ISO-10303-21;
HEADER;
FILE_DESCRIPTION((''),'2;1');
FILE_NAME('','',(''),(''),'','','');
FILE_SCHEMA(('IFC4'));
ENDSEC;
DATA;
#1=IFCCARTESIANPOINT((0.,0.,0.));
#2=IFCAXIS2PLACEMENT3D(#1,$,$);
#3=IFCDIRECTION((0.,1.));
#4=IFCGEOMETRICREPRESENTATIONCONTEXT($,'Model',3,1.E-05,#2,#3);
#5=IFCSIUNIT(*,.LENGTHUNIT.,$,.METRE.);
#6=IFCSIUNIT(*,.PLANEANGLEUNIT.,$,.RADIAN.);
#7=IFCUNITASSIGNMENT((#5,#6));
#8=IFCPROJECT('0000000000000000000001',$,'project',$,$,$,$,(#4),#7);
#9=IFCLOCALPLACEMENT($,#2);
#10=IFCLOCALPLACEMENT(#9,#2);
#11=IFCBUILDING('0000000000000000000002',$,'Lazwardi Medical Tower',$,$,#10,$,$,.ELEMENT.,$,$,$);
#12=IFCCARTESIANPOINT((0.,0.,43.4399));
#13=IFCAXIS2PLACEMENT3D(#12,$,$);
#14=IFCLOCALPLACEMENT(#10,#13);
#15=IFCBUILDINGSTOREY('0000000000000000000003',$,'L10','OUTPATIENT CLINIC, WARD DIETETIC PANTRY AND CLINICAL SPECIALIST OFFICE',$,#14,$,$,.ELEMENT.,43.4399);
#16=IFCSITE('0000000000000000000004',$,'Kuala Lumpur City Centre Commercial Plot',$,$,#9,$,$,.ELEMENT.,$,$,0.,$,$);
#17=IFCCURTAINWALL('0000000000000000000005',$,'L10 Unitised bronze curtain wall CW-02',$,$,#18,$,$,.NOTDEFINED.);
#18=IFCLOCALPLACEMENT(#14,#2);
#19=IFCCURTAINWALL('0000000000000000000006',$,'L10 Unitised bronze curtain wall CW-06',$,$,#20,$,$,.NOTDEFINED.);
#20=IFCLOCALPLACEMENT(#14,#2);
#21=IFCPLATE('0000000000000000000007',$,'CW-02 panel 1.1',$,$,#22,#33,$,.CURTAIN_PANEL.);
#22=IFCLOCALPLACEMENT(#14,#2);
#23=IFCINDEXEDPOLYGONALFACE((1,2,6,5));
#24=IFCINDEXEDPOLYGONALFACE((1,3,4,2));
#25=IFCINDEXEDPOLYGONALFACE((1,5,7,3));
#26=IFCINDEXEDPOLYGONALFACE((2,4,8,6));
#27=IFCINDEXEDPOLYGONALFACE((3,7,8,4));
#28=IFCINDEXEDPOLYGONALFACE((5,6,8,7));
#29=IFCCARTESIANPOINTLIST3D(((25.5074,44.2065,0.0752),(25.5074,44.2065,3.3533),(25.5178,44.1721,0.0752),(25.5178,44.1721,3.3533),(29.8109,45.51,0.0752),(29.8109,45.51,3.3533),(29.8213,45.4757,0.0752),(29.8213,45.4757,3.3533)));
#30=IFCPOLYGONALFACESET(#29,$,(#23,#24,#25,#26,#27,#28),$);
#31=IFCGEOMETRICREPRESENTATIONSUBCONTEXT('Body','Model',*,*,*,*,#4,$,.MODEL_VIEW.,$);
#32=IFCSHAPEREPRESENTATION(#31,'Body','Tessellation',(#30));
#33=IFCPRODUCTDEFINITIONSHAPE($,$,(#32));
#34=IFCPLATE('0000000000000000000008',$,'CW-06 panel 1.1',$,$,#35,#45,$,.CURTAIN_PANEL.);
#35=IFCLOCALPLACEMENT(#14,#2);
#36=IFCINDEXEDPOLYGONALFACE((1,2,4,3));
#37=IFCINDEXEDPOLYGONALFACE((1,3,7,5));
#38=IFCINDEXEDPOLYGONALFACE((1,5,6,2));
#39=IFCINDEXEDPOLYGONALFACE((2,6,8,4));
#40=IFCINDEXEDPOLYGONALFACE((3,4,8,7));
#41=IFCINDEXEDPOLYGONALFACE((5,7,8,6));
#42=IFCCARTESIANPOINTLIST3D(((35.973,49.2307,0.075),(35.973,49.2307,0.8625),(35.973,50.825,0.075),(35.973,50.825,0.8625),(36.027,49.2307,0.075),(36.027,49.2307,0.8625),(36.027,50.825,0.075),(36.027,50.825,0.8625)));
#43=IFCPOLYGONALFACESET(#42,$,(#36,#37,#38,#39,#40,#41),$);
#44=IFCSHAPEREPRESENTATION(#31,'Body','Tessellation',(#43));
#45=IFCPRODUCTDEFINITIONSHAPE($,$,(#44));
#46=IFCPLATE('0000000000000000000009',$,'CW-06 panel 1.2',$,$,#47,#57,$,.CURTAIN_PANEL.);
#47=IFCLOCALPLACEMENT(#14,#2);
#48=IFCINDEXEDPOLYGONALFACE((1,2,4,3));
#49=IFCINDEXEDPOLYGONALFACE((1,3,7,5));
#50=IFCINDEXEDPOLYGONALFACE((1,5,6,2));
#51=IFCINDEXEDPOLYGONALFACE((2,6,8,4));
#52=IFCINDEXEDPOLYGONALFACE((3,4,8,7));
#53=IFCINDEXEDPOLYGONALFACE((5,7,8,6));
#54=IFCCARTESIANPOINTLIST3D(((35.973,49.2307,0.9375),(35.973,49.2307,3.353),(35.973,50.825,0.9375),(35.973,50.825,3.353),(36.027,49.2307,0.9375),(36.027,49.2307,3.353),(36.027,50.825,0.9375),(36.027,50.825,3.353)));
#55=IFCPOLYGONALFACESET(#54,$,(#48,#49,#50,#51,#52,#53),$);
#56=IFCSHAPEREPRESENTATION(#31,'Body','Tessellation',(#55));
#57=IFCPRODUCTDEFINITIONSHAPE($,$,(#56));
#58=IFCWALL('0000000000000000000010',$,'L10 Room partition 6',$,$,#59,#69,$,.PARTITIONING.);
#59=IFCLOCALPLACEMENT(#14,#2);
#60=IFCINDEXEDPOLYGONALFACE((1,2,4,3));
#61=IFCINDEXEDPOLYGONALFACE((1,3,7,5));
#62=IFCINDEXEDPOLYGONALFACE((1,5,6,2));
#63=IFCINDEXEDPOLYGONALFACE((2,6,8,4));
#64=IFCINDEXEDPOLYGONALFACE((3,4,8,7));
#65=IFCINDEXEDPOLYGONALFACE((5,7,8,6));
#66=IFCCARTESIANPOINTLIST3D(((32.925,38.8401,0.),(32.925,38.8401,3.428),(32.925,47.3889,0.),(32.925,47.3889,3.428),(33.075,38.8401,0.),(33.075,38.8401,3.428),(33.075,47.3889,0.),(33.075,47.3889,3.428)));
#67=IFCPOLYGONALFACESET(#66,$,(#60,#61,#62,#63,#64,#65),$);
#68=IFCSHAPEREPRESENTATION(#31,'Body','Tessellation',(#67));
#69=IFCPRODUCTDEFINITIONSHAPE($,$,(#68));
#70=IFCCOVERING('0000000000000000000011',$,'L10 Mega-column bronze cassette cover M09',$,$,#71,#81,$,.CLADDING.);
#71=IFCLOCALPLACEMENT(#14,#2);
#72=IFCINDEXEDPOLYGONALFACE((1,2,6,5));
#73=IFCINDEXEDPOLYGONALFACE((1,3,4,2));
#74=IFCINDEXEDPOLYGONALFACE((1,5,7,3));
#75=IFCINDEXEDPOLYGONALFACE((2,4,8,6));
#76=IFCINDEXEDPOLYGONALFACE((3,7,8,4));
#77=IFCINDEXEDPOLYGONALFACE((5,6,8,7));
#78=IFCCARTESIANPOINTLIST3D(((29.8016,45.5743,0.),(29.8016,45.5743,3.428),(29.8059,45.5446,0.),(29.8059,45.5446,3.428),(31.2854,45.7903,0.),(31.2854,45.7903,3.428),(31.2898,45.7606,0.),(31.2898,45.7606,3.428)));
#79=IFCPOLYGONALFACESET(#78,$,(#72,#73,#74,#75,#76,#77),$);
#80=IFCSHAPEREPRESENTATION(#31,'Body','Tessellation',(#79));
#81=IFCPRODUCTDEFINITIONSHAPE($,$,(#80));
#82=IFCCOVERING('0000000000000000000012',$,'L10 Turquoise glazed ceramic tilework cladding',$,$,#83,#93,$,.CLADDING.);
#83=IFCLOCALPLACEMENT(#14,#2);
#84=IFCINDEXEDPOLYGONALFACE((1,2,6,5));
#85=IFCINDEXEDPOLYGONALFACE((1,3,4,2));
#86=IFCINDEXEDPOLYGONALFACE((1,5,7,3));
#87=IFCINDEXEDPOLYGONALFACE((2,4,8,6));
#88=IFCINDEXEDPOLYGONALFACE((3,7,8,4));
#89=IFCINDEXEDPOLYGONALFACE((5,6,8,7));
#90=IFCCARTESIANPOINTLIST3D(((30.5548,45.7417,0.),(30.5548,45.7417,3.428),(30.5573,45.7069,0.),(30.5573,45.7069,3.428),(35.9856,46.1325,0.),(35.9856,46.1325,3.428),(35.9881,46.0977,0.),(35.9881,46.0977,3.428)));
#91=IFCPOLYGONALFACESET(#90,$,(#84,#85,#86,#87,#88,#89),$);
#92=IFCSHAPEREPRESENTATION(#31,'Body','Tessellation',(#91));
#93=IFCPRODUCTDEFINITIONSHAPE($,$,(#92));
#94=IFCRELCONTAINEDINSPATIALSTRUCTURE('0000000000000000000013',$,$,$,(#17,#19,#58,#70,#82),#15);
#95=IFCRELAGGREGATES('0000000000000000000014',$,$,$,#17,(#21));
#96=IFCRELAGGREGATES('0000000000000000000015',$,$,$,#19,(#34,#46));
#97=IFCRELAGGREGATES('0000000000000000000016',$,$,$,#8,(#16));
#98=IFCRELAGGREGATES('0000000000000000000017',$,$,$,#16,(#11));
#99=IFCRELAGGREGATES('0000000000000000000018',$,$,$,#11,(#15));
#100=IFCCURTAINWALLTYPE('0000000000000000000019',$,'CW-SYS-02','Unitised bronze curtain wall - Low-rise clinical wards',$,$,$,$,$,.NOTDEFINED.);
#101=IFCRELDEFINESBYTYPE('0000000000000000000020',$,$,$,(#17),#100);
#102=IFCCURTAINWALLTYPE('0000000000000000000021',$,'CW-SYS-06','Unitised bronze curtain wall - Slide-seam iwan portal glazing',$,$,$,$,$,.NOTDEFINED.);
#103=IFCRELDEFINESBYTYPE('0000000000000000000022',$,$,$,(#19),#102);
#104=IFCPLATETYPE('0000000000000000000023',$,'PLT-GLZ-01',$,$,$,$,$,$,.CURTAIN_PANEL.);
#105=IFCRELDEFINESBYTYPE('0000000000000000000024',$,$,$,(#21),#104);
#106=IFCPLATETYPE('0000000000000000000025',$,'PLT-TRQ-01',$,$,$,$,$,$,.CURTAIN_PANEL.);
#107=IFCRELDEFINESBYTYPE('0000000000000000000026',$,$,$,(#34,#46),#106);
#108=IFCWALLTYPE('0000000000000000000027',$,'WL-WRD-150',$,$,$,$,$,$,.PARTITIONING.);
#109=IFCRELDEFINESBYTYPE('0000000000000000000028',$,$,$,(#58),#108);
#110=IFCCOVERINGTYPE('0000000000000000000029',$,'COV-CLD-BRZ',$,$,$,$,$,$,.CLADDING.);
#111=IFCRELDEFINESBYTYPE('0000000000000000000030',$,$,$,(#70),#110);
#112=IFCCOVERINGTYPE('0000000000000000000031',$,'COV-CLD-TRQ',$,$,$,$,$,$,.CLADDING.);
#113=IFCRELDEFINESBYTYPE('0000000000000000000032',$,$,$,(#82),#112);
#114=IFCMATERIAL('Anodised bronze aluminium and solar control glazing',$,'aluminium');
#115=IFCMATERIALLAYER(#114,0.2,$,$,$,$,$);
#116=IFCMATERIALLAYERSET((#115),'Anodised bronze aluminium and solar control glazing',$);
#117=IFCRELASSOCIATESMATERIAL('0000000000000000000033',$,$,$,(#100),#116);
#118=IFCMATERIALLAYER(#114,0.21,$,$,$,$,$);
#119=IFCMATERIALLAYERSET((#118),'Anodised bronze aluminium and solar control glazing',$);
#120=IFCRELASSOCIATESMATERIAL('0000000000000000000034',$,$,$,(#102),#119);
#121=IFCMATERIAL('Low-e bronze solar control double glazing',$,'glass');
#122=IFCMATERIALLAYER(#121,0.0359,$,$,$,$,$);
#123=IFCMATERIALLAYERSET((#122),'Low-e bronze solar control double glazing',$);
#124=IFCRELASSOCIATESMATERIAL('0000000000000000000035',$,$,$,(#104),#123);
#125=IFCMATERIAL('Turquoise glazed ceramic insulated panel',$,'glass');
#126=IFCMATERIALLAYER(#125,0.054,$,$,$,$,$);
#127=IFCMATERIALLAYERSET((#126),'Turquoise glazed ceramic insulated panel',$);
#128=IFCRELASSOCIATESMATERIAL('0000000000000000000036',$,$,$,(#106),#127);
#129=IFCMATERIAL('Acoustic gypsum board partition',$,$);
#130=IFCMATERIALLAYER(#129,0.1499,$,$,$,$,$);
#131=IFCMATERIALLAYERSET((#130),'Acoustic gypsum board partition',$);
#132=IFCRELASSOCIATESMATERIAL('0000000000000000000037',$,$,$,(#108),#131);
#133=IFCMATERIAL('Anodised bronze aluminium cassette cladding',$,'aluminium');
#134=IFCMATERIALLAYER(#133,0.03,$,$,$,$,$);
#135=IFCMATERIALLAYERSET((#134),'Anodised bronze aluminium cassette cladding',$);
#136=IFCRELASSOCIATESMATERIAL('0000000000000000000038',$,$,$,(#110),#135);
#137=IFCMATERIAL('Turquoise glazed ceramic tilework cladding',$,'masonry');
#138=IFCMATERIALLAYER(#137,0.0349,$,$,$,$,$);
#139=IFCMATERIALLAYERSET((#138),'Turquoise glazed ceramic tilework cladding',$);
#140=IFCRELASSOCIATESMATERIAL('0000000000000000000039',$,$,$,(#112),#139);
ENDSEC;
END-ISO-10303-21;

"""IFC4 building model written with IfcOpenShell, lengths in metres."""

from ifc_helpers import new_model, si_unit, direction, frame, frame_2d, origin, origin_2d, place, context, subcontext, project, spatial, rectangle, extrude, material, layer, layer_set, type_object, element, aggregate, save


model = new_model("IFC4")

# Units and contexts
model_context = context("Model", 3, precision=1e-05, world=origin(), true_north=direction((0.0, 1.0)))
body_context = subcontext(model_context, "Body", "Model", "MODEL_VIEW")
ifc_project = project(units=[si_unit("LENGTHUNIT", "METRE"), si_unit("PLANEANGLEUNIT", "RADIAN")], contexts=[model_context])

# Site, building, storey
site_placement = place(None, origin())
site = spatial("IfcSite", under=ifc_project, at=site_placement, Name="Kuala Lumpur City Centre Commercial Plot", CompositionType="ELEMENT", RefElevation=0.0)
building_placement = place(site_placement, origin())
building = spatial("IfcBuilding", under=site, at=building_placement, Name="Lazwardi Medical Tower", CompositionType="ELEMENT")
storey_placement = place(building_placement, frame((0.0, 0.0, 43.4399)))
storey = spatial("IfcBuildingStorey", under=building, at=storey_placement, Name="L10", Description="OUTPATIENT CLINIC, WARD DIETETIC PANTRY AND CLINICAL SPECIALIST OFFICE", CompositionType="ELEMENT", Elevation=43.4399)

# Curtain walls
ifc_material_1 = material(Name="Anodised bronze aluminium and solar control glazing", Category="aluminium")
ifc_layer_1 = layer(ifc_material_1, 0.2)
ifc_layer_set_1 = layer_set([ifc_layer_1], Name="Anodised bronze aluminium and solar control glazing")
curtain_wall_type_1 = type_object("IfcCurtainWallType", Name="CW-SYS-02", Description="Unitised bronze curtain wall - Low-rise clinical wards", PredefinedType="NOTDEFINED", material=ifc_layer_set_1)
curtain_wall_1_placement = place(storey_placement, origin())
curtain_wall_1 = element("IfcCurtainWall", 1, at=curtain_wall_1_placement, inside=storey, type_object=curtain_wall_type_1, Name="L10 Unitised bronze curtain wall CW-02", PredefinedType="NOTDEFINED")
ifc_layer_2 = layer(ifc_material_1, 0.21)
ifc_layer_set_2 = layer_set([ifc_layer_2], Name="Anodised bronze aluminium and solar control glazing")
curtain_wall_type_2 = type_object("IfcCurtainWallType", Name="CW-SYS-06", Description="Unitised bronze curtain wall - Slide-seam iwan portal glazing", PredefinedType="NOTDEFINED", material=ifc_layer_set_2)
curtain_wall_2_placement = place(storey_placement, origin())
curtain_wall_2 = element("IfcCurtainWall", 2, at=curtain_wall_2_placement, inside=storey, type_object=curtain_wall_type_2, Name="L10 Unitised bronze curtain wall CW-06", PredefinedType="NOTDEFINED")

# Plates
ifc_material_2 = material(Name="Low-e bronze solar control double glazing", Category="glass")
ifc_layer_3 = layer(ifc_material_2, 0.0359)
ifc_layer_set_3 = layer_set([ifc_layer_3], Name="Low-e bronze solar control double glazing")
plate_type_1 = type_object("IfcPlateType", Name="PLT-GLZ-01", PredefinedType="CURTAIN_PANEL", material=ifc_layer_set_3)
plate_1_placement = place(storey_placement, frame((27.6643, 44.8411, 0.0752), z_axis=(0.0, 0.0, 1.0), x_axis=(-0.957058, -0.289896, 0.0)))
plate_1 = element("IfcPlate", 3, at=plate_1_placement, type_object=plate_type_1, Name="CW-02 panel 1.1", PredefinedType="CURTAIN_PANEL", context=body_context, shape_type="SweptSolid", body=[
    extrude(rectangle(XDim=4.4966, YDim=0.0359, at=origin_2d()), origin(), (0.0, 0.0, 1.0), 3.2781),
])
aggregate(curtain_wall_1, [plate_1])
ifc_material_3 = material(Name="Turquoise glazed ceramic insulated panel", Category="glass")
ifc_layer_4 = layer(ifc_material_3, 0.054)
ifc_layer_set_4 = layer_set([ifc_layer_4], Name="Turquoise glazed ceramic insulated panel")
plate_type_2 = type_object("IfcPlateType", Name="PLT-TRQ-01", PredefinedType="CURTAIN_PANEL", material=ifc_layer_set_4)
plate_2_placement = place(storey_placement, frame((36.0, 50.0278, 0.075), z_axis=(0.0, 0.0, 1.0), x_axis=(0.0, -1.0, 0.0)))
plate_2 = element("IfcPlate", 4, at=plate_2_placement, type_object=plate_type_2, Name="CW-06 panel 1.1", PredefinedType="CURTAIN_PANEL", context=body_context, shape_type="SweptSolid", body=[
    extrude(rectangle(XDim=1.5942, YDim=0.054, at=origin_2d()), origin(), (0.0, 0.0, 1.0), 0.7876),
])
plate_3_placement = place(storey_placement, frame((36.0, 50.0278, 0.9375), z_axis=(0.0, 0.0, 1.0), x_axis=(0.0, -1.0, 0.0)))
plate_3 = element("IfcPlate", 5, at=plate_3_placement, type_object=plate_type_2, Name="CW-06 panel 1.2", PredefinedType="CURTAIN_PANEL", context=body_context, shape_type="SweptSolid", body=[
    extrude(rectangle(XDim=1.5942, YDim=0.054, at=origin_2d()), origin(), (0.0, 0.0, 1.0), 2.4155),
])
aggregate(curtain_wall_2, [plate_2, plate_3])

# Wall
ifc_material_4 = material(Name="Acoustic gypsum board partition")
ifc_layer_5 = layer(ifc_material_4, 0.1499)
ifc_layer_set_5 = layer_set([ifc_layer_5], Name="Acoustic gypsum board partition")
wall_type = type_object("IfcWallType", Name="WL-WRD-150", PredefinedType="PARTITIONING", material=ifc_layer_set_5)
wall_placement = place(storey_placement, frame((33.0, 38.8401, 0.0), z_axis=(0.0, 0.0, 1.0), x_axis=(0.0, 1.0, 0.0)))
element("IfcWall", 6, at=wall_placement, inside=storey, type_object=wall_type, Name="L10 Room partition 6", PredefinedType="PARTITIONING", context=body_context, shape_type="SweptSolid", body=[
    extrude(rectangle(XDim=8.5488, YDim=0.1499, at=frame_2d((4.2744, 0.0))), origin(), (0.0, 0.0, 1.0), 3.428),
])

# Coverings
ifc_material_5 = material(Name="Anodised bronze aluminium cassette cladding", Category="aluminium")
ifc_layer_6 = layer(ifc_material_5, 0.03)
ifc_layer_set_6 = layer_set([ifc_layer_6], Name="Anodised bronze aluminium cassette cladding")
covering_type_1 = type_object("IfcCoveringType", Name="COV-CLD-BRZ", PredefinedType="CLADDING", material=ifc_layer_set_6)
covering_1_placement = place(storey_placement, frame((30.5457, 45.6675, 0.0), z_axis=(0.0, 0.0, 1.0), x_axis=(-0.989573, -0.144035, 0.0)))
element("IfcCovering", 7, at=covering_1_placement, inside=storey, type_object=covering_type_1, Name="L10 Mega-column bronze cassette cover M09", PredefinedType="CLADDING", context=body_context, shape_type="SweptSolid", body=[
    extrude(rectangle(XDim=1.4995, YDim=0.03, at=origin_2d()), origin(), (0.0, 0.0, 1.0), 3.428),
])
ifc_material_6 = material(Name="Turquoise glazed ceramic tilework cladding", Category="masonry")
ifc_layer_7 = layer(ifc_material_6, 0.0349)
ifc_layer_set_7 = layer_set([ifc_layer_7], Name="Turquoise glazed ceramic tilework cladding")
covering_type_2 = type_object("IfcCoveringType", Name="COV-CLD-TRQ", PredefinedType="CLADDING", material=ifc_layer_set_7)
covering_2_placement = place(storey_placement, frame((33.2715, 45.9197, 0.0), z_axis=(0.0, 0.0, 1.0), x_axis=(-0.997421, -0.071774, 0.0)))
element("IfcCovering", 8, at=covering_2_placement, inside=storey, type_object=covering_type_2, Name="L10 Turquoise glazed ceramic tilework cladding", PredefinedType="CLADDING", context=body_context, shape_type="SweptSolid", body=[
    extrude(rectangle(XDim=5.4448, YDim=0.0349, at=origin_2d()), origin(), (0.0, 0.0, 1.0), 3.428),
])

save(model, "model.ifc")
